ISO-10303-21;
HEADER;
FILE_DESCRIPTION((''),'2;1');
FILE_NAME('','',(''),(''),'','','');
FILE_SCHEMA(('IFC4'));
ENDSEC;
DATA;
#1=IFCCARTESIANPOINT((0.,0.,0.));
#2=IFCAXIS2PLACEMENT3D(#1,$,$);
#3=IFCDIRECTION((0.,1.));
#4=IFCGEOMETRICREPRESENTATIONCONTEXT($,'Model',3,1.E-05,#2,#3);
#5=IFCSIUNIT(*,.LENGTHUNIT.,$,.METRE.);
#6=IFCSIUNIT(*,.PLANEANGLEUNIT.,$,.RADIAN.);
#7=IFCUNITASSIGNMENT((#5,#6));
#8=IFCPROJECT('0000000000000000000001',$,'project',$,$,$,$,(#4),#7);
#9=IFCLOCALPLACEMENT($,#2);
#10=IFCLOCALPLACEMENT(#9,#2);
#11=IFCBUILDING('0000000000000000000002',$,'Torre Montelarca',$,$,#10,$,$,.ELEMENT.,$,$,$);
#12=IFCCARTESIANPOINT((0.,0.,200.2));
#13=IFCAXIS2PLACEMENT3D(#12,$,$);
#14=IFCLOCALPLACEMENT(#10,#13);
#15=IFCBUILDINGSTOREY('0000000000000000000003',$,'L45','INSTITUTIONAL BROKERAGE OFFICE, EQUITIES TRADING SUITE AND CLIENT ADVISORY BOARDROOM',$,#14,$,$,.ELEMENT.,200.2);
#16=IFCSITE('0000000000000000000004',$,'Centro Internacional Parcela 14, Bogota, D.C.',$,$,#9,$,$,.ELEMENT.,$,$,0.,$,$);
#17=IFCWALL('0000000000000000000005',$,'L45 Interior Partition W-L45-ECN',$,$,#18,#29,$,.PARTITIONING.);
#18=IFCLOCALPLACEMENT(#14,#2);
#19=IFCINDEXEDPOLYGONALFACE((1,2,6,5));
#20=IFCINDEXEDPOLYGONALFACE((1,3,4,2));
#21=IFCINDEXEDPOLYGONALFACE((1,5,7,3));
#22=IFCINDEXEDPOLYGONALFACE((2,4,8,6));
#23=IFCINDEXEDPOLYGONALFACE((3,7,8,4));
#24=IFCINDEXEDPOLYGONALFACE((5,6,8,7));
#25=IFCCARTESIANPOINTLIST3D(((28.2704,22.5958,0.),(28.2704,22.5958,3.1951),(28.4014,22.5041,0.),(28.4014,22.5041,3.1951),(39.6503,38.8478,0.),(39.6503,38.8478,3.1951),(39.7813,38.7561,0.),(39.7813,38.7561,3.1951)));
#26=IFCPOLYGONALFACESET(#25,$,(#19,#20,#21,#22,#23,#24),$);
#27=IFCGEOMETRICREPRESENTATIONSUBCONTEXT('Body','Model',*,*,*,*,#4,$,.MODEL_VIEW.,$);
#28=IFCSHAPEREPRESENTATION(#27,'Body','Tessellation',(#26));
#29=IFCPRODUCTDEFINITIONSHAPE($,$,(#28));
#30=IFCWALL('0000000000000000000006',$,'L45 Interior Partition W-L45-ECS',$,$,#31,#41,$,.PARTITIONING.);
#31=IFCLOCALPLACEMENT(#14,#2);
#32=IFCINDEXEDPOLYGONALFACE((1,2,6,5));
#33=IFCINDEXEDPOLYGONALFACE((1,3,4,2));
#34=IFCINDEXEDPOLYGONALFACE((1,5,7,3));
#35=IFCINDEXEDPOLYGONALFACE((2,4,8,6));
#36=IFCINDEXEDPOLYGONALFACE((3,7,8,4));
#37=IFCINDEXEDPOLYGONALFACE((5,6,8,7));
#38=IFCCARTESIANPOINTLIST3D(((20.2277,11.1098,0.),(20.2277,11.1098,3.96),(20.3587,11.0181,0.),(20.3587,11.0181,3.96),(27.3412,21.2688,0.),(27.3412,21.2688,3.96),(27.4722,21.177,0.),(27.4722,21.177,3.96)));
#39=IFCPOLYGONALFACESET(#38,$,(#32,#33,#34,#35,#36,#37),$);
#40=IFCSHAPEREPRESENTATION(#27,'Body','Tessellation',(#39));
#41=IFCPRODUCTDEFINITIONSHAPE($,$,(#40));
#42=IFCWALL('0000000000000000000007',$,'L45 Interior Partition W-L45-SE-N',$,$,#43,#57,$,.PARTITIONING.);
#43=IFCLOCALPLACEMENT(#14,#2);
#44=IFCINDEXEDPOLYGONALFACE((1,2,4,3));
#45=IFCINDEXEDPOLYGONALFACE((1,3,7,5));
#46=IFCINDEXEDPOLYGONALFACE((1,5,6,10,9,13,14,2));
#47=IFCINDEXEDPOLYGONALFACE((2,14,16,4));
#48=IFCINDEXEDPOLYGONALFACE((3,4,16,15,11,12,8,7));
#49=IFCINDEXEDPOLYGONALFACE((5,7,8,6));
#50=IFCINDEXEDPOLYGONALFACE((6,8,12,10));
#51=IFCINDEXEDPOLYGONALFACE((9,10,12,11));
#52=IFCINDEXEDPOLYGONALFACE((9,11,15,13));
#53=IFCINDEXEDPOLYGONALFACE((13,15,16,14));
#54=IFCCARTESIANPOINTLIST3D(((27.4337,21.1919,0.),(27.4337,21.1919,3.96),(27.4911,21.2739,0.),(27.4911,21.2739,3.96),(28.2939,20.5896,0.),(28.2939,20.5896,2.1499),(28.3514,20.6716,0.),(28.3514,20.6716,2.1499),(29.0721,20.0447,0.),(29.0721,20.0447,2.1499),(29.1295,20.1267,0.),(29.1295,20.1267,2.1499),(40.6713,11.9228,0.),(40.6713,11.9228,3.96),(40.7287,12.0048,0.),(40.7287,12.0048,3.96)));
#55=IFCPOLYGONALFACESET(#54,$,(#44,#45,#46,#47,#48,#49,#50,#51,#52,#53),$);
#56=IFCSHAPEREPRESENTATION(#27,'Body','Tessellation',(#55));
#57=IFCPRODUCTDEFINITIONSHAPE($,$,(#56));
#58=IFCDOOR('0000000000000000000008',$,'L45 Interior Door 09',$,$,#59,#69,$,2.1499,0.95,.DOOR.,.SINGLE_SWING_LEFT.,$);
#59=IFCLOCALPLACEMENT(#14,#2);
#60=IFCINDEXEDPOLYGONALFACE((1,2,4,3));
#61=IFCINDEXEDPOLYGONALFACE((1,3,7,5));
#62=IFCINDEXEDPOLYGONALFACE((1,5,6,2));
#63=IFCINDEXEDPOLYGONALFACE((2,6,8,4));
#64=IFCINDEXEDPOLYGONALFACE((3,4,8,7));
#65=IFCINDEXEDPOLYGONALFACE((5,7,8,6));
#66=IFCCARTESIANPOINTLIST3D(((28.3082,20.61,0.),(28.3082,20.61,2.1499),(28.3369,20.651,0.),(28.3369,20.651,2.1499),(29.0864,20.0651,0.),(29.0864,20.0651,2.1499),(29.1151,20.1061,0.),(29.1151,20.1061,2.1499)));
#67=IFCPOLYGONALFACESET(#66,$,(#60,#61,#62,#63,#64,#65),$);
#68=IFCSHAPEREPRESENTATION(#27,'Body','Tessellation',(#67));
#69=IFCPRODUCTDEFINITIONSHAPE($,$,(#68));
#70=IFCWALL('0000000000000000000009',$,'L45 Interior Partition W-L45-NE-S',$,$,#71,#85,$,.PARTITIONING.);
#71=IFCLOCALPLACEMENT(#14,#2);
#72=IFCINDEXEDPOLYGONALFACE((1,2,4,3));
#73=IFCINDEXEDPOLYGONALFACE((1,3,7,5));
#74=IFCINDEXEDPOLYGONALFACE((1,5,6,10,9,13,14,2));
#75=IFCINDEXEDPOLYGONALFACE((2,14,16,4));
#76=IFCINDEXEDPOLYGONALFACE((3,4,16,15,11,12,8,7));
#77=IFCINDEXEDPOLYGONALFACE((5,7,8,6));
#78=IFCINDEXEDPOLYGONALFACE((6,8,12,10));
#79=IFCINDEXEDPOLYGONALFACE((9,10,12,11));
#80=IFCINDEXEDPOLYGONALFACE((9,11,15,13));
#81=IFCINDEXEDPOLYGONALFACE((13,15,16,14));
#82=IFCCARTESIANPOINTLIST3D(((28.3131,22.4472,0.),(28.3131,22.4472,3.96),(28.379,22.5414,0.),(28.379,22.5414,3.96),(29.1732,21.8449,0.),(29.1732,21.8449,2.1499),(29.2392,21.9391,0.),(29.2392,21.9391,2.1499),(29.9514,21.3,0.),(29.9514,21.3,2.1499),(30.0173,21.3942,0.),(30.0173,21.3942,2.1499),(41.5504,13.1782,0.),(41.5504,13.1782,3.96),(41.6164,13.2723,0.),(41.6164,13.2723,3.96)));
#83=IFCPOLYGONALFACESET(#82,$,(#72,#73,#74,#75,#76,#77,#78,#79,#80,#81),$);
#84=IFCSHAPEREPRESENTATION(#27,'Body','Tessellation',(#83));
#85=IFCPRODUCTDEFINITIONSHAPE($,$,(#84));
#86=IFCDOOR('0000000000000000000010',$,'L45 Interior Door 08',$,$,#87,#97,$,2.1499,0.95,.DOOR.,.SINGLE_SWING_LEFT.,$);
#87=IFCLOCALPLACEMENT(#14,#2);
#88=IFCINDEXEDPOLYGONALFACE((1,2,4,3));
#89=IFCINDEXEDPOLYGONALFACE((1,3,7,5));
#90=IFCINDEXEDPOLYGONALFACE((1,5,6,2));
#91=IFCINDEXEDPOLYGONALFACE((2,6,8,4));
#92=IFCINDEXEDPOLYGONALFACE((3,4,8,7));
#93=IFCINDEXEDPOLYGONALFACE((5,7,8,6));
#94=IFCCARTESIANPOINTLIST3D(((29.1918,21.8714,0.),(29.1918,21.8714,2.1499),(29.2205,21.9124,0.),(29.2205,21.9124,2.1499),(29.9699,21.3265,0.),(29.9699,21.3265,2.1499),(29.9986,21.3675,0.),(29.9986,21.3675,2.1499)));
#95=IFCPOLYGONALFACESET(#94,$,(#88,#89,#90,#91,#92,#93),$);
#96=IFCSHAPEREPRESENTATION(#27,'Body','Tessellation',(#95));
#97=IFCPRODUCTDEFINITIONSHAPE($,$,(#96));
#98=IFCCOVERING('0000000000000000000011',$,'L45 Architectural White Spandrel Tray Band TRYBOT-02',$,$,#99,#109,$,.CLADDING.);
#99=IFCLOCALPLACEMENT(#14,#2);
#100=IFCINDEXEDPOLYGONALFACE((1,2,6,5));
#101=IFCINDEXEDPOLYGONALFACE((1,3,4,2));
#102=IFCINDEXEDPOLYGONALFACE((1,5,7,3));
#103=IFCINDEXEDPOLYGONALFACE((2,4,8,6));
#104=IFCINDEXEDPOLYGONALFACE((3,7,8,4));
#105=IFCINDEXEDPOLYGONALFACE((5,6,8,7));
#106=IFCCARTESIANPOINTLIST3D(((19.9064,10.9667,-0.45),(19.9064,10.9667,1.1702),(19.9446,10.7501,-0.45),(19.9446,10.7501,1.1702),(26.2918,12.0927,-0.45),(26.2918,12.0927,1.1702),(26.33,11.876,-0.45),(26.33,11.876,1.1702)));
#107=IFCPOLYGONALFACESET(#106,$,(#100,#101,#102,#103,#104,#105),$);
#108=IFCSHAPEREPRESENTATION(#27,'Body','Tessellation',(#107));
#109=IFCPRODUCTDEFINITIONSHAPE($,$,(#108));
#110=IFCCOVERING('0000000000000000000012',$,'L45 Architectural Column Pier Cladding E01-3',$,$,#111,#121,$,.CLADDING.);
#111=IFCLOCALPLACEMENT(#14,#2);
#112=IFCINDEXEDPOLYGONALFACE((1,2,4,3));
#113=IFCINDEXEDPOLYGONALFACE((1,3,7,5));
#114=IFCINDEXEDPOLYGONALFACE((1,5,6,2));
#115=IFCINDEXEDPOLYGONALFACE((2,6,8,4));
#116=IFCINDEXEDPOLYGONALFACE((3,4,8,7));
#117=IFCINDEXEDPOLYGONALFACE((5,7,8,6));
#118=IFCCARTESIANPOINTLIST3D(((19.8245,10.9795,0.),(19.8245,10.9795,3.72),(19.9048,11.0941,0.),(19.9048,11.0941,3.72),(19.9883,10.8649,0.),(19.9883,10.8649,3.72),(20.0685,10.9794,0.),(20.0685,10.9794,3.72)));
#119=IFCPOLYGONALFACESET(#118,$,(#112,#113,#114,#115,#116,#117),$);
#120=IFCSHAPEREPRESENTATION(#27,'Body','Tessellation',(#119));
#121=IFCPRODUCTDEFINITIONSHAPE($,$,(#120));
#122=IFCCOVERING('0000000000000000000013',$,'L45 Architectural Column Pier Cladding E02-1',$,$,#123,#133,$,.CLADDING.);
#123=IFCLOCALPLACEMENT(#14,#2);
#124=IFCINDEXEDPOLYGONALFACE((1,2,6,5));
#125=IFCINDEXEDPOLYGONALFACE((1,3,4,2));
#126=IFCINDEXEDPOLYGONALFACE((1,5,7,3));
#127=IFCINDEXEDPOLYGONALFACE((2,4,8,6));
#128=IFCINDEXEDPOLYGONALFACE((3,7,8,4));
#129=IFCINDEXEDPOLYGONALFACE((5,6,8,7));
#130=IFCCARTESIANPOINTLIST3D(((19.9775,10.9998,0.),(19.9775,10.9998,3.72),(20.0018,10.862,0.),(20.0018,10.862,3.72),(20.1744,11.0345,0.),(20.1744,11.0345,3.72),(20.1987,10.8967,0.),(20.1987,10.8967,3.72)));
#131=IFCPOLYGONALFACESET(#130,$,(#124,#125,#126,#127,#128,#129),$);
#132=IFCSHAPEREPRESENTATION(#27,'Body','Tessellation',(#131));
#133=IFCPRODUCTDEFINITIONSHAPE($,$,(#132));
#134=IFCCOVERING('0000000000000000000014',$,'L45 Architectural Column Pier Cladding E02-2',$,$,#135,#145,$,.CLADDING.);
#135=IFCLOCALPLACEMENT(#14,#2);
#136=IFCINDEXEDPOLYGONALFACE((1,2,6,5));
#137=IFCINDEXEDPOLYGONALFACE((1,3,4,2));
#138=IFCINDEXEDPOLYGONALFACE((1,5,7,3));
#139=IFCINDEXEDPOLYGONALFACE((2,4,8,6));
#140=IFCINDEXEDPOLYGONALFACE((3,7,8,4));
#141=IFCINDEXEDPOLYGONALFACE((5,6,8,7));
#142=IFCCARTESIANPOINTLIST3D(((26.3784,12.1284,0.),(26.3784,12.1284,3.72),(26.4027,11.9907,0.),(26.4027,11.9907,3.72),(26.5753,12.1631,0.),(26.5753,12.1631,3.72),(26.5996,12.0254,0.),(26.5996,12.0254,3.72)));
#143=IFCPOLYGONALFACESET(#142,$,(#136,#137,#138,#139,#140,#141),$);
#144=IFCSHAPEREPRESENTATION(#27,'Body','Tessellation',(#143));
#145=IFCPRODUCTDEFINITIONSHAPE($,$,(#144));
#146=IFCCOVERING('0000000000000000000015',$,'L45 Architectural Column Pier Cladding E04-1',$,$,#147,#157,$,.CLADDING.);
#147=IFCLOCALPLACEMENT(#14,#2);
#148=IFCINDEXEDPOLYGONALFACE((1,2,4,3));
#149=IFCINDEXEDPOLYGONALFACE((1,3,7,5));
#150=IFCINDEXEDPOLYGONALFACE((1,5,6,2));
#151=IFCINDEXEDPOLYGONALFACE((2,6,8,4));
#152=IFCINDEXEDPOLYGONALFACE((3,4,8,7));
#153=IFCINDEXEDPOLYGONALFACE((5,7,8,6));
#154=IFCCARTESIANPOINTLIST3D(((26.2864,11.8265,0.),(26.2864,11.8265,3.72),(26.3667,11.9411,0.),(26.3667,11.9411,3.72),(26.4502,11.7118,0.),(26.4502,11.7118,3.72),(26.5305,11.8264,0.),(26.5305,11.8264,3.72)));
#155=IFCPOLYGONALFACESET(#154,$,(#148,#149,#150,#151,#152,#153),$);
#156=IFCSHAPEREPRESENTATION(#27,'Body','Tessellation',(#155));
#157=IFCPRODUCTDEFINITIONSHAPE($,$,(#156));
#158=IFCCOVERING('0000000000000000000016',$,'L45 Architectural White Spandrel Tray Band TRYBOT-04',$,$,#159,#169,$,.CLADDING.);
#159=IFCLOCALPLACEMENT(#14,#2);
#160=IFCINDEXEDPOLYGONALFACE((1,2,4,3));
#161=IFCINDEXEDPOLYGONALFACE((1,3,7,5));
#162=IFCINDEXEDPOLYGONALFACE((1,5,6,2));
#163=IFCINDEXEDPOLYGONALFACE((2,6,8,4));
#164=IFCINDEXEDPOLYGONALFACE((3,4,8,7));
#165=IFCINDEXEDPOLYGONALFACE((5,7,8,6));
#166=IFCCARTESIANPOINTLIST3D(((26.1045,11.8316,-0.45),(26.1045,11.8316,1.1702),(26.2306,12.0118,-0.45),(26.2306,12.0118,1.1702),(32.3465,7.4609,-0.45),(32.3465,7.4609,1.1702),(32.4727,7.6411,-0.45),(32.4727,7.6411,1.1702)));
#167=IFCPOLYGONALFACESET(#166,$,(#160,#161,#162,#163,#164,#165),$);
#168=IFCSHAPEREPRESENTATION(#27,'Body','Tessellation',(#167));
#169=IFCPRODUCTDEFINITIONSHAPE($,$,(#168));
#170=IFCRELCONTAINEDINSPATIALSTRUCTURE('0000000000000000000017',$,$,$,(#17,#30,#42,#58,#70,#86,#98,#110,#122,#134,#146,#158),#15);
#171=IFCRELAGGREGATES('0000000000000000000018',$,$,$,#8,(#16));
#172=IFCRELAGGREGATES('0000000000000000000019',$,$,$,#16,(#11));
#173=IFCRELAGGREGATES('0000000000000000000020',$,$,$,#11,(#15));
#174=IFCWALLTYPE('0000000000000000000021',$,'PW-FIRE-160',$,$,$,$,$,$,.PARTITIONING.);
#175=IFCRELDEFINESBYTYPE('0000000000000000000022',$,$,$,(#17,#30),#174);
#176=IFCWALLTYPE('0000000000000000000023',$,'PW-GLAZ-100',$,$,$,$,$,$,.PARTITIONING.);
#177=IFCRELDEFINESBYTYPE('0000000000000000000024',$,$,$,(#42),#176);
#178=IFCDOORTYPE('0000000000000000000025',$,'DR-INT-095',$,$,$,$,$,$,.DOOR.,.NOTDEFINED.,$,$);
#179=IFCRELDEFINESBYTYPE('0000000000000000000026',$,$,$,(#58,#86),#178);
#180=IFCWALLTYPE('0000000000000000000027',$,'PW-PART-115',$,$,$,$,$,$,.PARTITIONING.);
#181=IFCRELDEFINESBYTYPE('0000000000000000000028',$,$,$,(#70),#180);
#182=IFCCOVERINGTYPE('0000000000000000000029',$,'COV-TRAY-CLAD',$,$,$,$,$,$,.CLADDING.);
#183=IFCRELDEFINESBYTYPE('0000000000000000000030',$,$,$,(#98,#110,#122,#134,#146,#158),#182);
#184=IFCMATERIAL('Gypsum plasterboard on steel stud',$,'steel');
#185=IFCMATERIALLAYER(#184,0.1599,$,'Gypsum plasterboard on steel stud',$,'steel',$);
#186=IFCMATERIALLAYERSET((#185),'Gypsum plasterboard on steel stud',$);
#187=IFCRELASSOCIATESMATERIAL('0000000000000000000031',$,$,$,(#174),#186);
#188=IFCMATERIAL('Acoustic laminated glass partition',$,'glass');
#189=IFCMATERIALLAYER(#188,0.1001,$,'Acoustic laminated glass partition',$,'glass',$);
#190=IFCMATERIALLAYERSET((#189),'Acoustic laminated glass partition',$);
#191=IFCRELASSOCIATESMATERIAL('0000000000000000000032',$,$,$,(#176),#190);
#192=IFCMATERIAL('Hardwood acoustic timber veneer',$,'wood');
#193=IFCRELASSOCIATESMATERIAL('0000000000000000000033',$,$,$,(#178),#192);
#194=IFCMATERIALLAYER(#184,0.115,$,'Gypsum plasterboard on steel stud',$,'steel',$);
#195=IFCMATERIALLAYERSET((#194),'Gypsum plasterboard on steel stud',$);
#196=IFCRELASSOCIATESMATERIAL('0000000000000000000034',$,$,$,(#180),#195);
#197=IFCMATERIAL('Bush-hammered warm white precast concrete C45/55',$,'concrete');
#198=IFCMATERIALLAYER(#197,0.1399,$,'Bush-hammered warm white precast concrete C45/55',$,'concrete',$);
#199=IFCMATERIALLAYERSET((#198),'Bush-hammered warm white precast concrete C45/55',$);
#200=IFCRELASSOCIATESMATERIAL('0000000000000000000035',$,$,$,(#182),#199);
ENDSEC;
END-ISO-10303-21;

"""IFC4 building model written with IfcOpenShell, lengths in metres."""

from ifc_helpers import new_model, si_unit, direction, frame, frame_2d, origin, origin_2d, place, context, subcontext, project, spatial, rectangle, extrude, source, transform, mapped, material, layer, layer_set, type_object, element, fill, save


model = new_model("IFC4")

# Units and contexts
model_context = context("Model", 3, precision=1e-05, world=origin(), true_north=direction((0.0, 1.0)))
body_context = subcontext(model_context, "Body", "Model", "MODEL_VIEW")
ifc_project = project(units=[si_unit("LENGTHUNIT", "METRE"), si_unit("PLANEANGLEUNIT", "RADIAN")], contexts=[model_context])

# Site, building, storey
site_placement = place(None, origin())
site = spatial("IfcSite", under=ifc_project, at=site_placement, Name="Centro Internacional Parcela 14, Bogota, D.C.", CompositionType="ELEMENT", RefElevation=0.0)
building_placement = place(site_placement, origin())
building = spatial("IfcBuilding", under=site, at=building_placement, Name="Torre Montelarca", CompositionType="ELEMENT")
storey_placement = place(building_placement, frame((0.0, 0.0, 200.2)))
storey = spatial("IfcBuildingStorey", under=building, at=storey_placement, Name="L45", Description="INSTITUTIONAL BROKERAGE OFFICE, EQUITIES TRADING SUITE AND CLIENT ADVISORY BOARDROOM", CompositionType="ELEMENT", Elevation=200.2)

# Walls
ifc_material_1 = material(Name="Gypsum plasterboard on steel stud", Category="steel")
ifc_layer_1 = layer(ifc_material_1, 0.1599, Name="Gypsum plasterboard on steel stud", Category="steel")
ifc_layer_set_1 = layer_set([ifc_layer_1], Name="Gypsum plasterboard on steel stud")
wall_type_1 = type_object("IfcWallType", Name="PW-FIRE-160", PredefinedType="PARTITIONING", material=ifc_layer_set_1)
wall_1_placement = place(storey_placement, frame((28.3359, 22.55, 0.0), z_axis=(0.0, 0.0, 1.0), x_axis=(0.573581, 0.819149, 0.0)))
element("IfcWall", 1, at=wall_1_placement, inside=storey, type_object=wall_type_1, Name="L45 Interior Partition W-L45-ECN", PredefinedType="PARTITIONING", context=body_context, shape_type="SweptSolid", body=[
    extrude(rectangle(XDim=19.8401, YDim=0.1599, at=frame_2d((9.9199, 0.0))), origin(), (0.0, 0.0, 1.0), 3.1951),
])
wall_2_placement = place(storey_placement, frame((20.2932, 11.064, 0.0), z_axis=(0.0, 0.0, 1.0), x_axis=(0.573585, 0.819146, 0.0)))
element("IfcWall", 2, at=wall_2_placement, inside=storey, type_object=wall_type_1, Name="L45 Interior Partition W-L45-ECS", PredefinedType="PARTITIONING", context=body_context, shape_type="SweptSolid", body=[
    extrude(rectangle(XDim=12.4019, YDim=0.1599, at=frame_2d((6.2009, 0.0))), origin(), (0.0, 0.0, 1.0), 3.96),
])

# Walls, openings, doors
ifc_material_2 = material(Name="Acoustic laminated glass partition", Category="glass")
ifc_layer_2 = layer(ifc_material_2, 0.1001, Name="Acoustic laminated glass partition", Category="glass")
ifc_layer_set_2 = layer_set([ifc_layer_2], Name="Acoustic laminated glass partition")
wall_type_2 = type_object("IfcWallType", Name="PW-GLAZ-100", PredefinedType="PARTITIONING", material=ifc_layer_set_2)
wall_3_placement = place(storey_placement, frame((27.4624, 21.2329, 0.0), z_axis=(0.0, 0.0, 1.0), x_axis=(0.819152, -0.573577, 0.0)))
wall_3 = element("IfcWall", 3, at=wall_3_placement, inside=storey, type_object=wall_type_2, Name="L45 Interior Partition W-L45-SE-N", PredefinedType="PARTITIONING", context=body_context, shape_type="SweptSolid", body=[
    extrude(rectangle(XDim=16.1602, YDim=0.1001, at=frame_2d((8.0801, 0.0))), origin(), (0.0, 0.0, 1.0), 3.96),
])
opening_1_placement = place(wall_3_placement, frame((1.05, 0.0, 0.0)))
opening_1 = element("IfcOpeningElement", 4, at=opening_1_placement, cuts=wall_3, PredefinedType="OPENING", context=body_context, shape_type="SweptSolid", body=[
    extrude(rectangle(XDim=0.95, YDim=2.1499, at=frame_2d((0.4751, 1.075))), frame((0.0, 0.0601, 0.0), z_axis=(0.0, -1.0, 0.0), x_axis=(1.0, 0.0, 0.0)), (0.0, 0.0, 1.0), 0.1201),
])
ifc_material_3 = material(Name="Hardwood acoustic timber veneer", Category="wood")
door_type_1 = type_object("IfcDoorType", Name="DR-INT-095", OperationType="NOTDEFINED", PredefinedType="DOOR", material=ifc_material_3)
shared_shape_1 = source(origin(), body_context, "Body", "SweptSolid", [
    extrude(rectangle(XDim=0.95, YDim=2.1499, at=frame_2d((0.4751, 1.075))), frame((0.0, 0.0249, 0.0), z_axis=(0.0, -1.0, 0.0), x_axis=(1.0, 0.0, 0.0)), (0.0, 0.0, 1.0), 0.05),
])
door_1_placement = place(opening_1_placement, origin())
door_1 = element("IfcDoor", 5, at=door_1_placement, inside=storey, type_object=door_type_1, Name="L45 Interior Door 09", OperationType="SINGLE_SWING_LEFT", OverallHeight=2.1499, OverallWidth=0.95, PredefinedType="DOOR", context=body_context, shape_type="MappedRepresentation", body=[
    mapped(shared_shape_1, transform((0.0, 0.0, 0.0), scale=1.0)),
])
fill(opening_1, door_1)
ifc_layer_3 = layer(ifc_material_1, 0.115, Name="Gypsum plasterboard on steel stud", Category="steel")
ifc_layer_set_3 = layer_set([ifc_layer_3], Name="Gypsum plasterboard on steel stud")
wall_type_3 = type_object("IfcWallType", Name="PW-PART-115", PredefinedType="PARTITIONING", material=ifc_layer_set_3)
wall_4_placement = place(storey_placement, frame((28.3459, 22.4944, 0.0), z_axis=(0.0, 0.0, 1.0), x_axis=(0.819147, -0.573584, 0.0)))
wall_4 = element("IfcWall", 6, at=wall_4_placement, inside=storey, type_object=wall_type_3, Name="L45 Interior Partition W-L45-NE-S", PredefinedType="PARTITIONING", context=body_context, shape_type="SweptSolid", body=[
    extrude(rectangle(XDim=16.1599, YDim=0.115, at=frame_2d((8.0801, 0.0))), origin(), (0.0, 0.0, 1.0), 3.96),
])
opening_2_placement = place(wall_4_placement, frame((1.05, 0.0, 0.0)))
opening_2 = element("IfcOpeningElement", 7, at=opening_2_placement, cuts=wall_4, PredefinedType="OPENING", context=body_context, shape_type="SweptSolid", body=[
    extrude(rectangle(XDim=0.95, YDim=2.1499, at=frame_2d((0.4751, 1.075))), frame((0.0, 0.0674, 0.0), z_axis=(0.0, -1.0, 0.0), x_axis=(1.0, 0.0, 0.0)), (0.0, 0.0, 1.0), 0.135),
])
door_2_placement = place(opening_2_placement, origin())
door_2 = element("IfcDoor", 8, at=door_2_placement, inside=storey, type_object=door_type_1, Name="L45 Interior Door 08", OperationType="SINGLE_SWING_LEFT", OverallHeight=2.1499, OverallWidth=0.95, PredefinedType="DOOR", context=body_context, shape_type="MappedRepresentation", body=[
    mapped(shared_shape_1, transform((0.0, 0.0, 0.0), scale=1.0)),
])
fill(opening_2, door_2)

# Coverings
ifc_material_4 = material(Name="Bush-hammered warm white precast concrete C45/55", Category="concrete")
ifc_layer_4 = layer(ifc_material_4, 0.1399, Name="Bush-hammered warm white precast concrete C45/55", Category="concrete")
ifc_layer_set_4 = layer_set([ifc_layer_4], Name="Bush-hammered warm white precast concrete C45/55")
covering_type = type_object("IfcCoveringType", Name="COV-TRAY-CLAD", PredefinedType="CLADDING", material=ifc_layer_set_4)
shared_shape_2 = source(origin(), body_context, "Body", "SweptSolid", [
    extrude(rectangle(XDim=6.4839, YDim=0.22, at=origin_2d()), origin(), (0.0, 0.0, 1.0), 1.6201),
])
covering_1_placement = place(storey_placement, frame((23.1182, 11.4214, -0.45), z_axis=(0.0, 0.0, 1.0), x_axis=(0.984807, 0.173652, 0.0)))
element("IfcCovering", 9, at=covering_1_placement, inside=storey, type_object=covering_type, Name="L45 Architectural White Spandrel Tray Band TRYBOT-02", PredefinedType="CLADDING", context=body_context, shape_type="MappedRepresentation", body=[
    mapped(shared_shape_2, transform((0.0, 0.0, 0.0), scale=1.0)),
])
shared_shape_3 = source(origin(), body_context, "Body", "SweptSolid", [
    extrude(rectangle(XDim=0.2, YDim=0.1399, at=origin_2d()), origin(), (0.0, 0.0, 1.0), 3.72),
])
for number, where, z_axis, x_axis, name in (
    (10, (19.9465, 10.9795, 0.0), (0.0, 0.0, 1.0), (0.819154, -0.573574, 0.0), "L45 Architectural Column Pier Cladding E01-3"),
    (11, (20.0881, 10.9482, 0.0), (0.0, 0.0, 1.0), (0.984808, 0.173645, 0.0), "L45 Architectural Column Pier Cladding E02-1"),
    (12, (26.489, 12.0769, 0.0), (0.0, 0.0, 1.0), (0.984808, 0.173645, 0.0), "L45 Architectural Column Pier Cladding E02-2"),
    (13, (26.4084, 11.8264, 0.0), (0.0, 0.0, 1.0), (0.819158, -0.573568, 0.0), "L45 Architectural Column Pier Cladding E04-1"),
):
    element("IfcCovering", number, at=place(storey_placement, frame(where, z_axis=z_axis, x_axis=x_axis)), inside=storey, type_object=covering_type, Name=name, PredefinedType="CLADDING", context=body_context, shape_type="MappedRepresentation", body=[
        mapped(shared_shape_3, transform((0.0, 0.0, 0.0), scale=1.0)),
    ])
shared_shape_4 = source(origin(), body_context, "Body", "SweptSolid", [
    extrude(rectangle(XDim=7.6201, YDim=0.22, at=origin_2d()), origin(), (0.0, 0.0, 1.0), 1.6201),
])
covering_2_placement = place(storey_placement, frame((29.2886, 9.7363, -0.45), z_axis=(0.0, 0.0, 1.0), x_axis=(0.819152, -0.573576, 0.0)))
element("IfcCovering", 14, at=covering_2_placement, inside=storey, type_object=covering_type, Name="L45 Architectural White Spandrel Tray Band TRYBOT-04", PredefinedType="CLADDING", context=body_context, shape_type="MappedRepresentation", body=[
    mapped(shared_shape_4, transform((0.0, 0.0, 0.0), scale=1.0)),
])

save(model, "model.ifc")
